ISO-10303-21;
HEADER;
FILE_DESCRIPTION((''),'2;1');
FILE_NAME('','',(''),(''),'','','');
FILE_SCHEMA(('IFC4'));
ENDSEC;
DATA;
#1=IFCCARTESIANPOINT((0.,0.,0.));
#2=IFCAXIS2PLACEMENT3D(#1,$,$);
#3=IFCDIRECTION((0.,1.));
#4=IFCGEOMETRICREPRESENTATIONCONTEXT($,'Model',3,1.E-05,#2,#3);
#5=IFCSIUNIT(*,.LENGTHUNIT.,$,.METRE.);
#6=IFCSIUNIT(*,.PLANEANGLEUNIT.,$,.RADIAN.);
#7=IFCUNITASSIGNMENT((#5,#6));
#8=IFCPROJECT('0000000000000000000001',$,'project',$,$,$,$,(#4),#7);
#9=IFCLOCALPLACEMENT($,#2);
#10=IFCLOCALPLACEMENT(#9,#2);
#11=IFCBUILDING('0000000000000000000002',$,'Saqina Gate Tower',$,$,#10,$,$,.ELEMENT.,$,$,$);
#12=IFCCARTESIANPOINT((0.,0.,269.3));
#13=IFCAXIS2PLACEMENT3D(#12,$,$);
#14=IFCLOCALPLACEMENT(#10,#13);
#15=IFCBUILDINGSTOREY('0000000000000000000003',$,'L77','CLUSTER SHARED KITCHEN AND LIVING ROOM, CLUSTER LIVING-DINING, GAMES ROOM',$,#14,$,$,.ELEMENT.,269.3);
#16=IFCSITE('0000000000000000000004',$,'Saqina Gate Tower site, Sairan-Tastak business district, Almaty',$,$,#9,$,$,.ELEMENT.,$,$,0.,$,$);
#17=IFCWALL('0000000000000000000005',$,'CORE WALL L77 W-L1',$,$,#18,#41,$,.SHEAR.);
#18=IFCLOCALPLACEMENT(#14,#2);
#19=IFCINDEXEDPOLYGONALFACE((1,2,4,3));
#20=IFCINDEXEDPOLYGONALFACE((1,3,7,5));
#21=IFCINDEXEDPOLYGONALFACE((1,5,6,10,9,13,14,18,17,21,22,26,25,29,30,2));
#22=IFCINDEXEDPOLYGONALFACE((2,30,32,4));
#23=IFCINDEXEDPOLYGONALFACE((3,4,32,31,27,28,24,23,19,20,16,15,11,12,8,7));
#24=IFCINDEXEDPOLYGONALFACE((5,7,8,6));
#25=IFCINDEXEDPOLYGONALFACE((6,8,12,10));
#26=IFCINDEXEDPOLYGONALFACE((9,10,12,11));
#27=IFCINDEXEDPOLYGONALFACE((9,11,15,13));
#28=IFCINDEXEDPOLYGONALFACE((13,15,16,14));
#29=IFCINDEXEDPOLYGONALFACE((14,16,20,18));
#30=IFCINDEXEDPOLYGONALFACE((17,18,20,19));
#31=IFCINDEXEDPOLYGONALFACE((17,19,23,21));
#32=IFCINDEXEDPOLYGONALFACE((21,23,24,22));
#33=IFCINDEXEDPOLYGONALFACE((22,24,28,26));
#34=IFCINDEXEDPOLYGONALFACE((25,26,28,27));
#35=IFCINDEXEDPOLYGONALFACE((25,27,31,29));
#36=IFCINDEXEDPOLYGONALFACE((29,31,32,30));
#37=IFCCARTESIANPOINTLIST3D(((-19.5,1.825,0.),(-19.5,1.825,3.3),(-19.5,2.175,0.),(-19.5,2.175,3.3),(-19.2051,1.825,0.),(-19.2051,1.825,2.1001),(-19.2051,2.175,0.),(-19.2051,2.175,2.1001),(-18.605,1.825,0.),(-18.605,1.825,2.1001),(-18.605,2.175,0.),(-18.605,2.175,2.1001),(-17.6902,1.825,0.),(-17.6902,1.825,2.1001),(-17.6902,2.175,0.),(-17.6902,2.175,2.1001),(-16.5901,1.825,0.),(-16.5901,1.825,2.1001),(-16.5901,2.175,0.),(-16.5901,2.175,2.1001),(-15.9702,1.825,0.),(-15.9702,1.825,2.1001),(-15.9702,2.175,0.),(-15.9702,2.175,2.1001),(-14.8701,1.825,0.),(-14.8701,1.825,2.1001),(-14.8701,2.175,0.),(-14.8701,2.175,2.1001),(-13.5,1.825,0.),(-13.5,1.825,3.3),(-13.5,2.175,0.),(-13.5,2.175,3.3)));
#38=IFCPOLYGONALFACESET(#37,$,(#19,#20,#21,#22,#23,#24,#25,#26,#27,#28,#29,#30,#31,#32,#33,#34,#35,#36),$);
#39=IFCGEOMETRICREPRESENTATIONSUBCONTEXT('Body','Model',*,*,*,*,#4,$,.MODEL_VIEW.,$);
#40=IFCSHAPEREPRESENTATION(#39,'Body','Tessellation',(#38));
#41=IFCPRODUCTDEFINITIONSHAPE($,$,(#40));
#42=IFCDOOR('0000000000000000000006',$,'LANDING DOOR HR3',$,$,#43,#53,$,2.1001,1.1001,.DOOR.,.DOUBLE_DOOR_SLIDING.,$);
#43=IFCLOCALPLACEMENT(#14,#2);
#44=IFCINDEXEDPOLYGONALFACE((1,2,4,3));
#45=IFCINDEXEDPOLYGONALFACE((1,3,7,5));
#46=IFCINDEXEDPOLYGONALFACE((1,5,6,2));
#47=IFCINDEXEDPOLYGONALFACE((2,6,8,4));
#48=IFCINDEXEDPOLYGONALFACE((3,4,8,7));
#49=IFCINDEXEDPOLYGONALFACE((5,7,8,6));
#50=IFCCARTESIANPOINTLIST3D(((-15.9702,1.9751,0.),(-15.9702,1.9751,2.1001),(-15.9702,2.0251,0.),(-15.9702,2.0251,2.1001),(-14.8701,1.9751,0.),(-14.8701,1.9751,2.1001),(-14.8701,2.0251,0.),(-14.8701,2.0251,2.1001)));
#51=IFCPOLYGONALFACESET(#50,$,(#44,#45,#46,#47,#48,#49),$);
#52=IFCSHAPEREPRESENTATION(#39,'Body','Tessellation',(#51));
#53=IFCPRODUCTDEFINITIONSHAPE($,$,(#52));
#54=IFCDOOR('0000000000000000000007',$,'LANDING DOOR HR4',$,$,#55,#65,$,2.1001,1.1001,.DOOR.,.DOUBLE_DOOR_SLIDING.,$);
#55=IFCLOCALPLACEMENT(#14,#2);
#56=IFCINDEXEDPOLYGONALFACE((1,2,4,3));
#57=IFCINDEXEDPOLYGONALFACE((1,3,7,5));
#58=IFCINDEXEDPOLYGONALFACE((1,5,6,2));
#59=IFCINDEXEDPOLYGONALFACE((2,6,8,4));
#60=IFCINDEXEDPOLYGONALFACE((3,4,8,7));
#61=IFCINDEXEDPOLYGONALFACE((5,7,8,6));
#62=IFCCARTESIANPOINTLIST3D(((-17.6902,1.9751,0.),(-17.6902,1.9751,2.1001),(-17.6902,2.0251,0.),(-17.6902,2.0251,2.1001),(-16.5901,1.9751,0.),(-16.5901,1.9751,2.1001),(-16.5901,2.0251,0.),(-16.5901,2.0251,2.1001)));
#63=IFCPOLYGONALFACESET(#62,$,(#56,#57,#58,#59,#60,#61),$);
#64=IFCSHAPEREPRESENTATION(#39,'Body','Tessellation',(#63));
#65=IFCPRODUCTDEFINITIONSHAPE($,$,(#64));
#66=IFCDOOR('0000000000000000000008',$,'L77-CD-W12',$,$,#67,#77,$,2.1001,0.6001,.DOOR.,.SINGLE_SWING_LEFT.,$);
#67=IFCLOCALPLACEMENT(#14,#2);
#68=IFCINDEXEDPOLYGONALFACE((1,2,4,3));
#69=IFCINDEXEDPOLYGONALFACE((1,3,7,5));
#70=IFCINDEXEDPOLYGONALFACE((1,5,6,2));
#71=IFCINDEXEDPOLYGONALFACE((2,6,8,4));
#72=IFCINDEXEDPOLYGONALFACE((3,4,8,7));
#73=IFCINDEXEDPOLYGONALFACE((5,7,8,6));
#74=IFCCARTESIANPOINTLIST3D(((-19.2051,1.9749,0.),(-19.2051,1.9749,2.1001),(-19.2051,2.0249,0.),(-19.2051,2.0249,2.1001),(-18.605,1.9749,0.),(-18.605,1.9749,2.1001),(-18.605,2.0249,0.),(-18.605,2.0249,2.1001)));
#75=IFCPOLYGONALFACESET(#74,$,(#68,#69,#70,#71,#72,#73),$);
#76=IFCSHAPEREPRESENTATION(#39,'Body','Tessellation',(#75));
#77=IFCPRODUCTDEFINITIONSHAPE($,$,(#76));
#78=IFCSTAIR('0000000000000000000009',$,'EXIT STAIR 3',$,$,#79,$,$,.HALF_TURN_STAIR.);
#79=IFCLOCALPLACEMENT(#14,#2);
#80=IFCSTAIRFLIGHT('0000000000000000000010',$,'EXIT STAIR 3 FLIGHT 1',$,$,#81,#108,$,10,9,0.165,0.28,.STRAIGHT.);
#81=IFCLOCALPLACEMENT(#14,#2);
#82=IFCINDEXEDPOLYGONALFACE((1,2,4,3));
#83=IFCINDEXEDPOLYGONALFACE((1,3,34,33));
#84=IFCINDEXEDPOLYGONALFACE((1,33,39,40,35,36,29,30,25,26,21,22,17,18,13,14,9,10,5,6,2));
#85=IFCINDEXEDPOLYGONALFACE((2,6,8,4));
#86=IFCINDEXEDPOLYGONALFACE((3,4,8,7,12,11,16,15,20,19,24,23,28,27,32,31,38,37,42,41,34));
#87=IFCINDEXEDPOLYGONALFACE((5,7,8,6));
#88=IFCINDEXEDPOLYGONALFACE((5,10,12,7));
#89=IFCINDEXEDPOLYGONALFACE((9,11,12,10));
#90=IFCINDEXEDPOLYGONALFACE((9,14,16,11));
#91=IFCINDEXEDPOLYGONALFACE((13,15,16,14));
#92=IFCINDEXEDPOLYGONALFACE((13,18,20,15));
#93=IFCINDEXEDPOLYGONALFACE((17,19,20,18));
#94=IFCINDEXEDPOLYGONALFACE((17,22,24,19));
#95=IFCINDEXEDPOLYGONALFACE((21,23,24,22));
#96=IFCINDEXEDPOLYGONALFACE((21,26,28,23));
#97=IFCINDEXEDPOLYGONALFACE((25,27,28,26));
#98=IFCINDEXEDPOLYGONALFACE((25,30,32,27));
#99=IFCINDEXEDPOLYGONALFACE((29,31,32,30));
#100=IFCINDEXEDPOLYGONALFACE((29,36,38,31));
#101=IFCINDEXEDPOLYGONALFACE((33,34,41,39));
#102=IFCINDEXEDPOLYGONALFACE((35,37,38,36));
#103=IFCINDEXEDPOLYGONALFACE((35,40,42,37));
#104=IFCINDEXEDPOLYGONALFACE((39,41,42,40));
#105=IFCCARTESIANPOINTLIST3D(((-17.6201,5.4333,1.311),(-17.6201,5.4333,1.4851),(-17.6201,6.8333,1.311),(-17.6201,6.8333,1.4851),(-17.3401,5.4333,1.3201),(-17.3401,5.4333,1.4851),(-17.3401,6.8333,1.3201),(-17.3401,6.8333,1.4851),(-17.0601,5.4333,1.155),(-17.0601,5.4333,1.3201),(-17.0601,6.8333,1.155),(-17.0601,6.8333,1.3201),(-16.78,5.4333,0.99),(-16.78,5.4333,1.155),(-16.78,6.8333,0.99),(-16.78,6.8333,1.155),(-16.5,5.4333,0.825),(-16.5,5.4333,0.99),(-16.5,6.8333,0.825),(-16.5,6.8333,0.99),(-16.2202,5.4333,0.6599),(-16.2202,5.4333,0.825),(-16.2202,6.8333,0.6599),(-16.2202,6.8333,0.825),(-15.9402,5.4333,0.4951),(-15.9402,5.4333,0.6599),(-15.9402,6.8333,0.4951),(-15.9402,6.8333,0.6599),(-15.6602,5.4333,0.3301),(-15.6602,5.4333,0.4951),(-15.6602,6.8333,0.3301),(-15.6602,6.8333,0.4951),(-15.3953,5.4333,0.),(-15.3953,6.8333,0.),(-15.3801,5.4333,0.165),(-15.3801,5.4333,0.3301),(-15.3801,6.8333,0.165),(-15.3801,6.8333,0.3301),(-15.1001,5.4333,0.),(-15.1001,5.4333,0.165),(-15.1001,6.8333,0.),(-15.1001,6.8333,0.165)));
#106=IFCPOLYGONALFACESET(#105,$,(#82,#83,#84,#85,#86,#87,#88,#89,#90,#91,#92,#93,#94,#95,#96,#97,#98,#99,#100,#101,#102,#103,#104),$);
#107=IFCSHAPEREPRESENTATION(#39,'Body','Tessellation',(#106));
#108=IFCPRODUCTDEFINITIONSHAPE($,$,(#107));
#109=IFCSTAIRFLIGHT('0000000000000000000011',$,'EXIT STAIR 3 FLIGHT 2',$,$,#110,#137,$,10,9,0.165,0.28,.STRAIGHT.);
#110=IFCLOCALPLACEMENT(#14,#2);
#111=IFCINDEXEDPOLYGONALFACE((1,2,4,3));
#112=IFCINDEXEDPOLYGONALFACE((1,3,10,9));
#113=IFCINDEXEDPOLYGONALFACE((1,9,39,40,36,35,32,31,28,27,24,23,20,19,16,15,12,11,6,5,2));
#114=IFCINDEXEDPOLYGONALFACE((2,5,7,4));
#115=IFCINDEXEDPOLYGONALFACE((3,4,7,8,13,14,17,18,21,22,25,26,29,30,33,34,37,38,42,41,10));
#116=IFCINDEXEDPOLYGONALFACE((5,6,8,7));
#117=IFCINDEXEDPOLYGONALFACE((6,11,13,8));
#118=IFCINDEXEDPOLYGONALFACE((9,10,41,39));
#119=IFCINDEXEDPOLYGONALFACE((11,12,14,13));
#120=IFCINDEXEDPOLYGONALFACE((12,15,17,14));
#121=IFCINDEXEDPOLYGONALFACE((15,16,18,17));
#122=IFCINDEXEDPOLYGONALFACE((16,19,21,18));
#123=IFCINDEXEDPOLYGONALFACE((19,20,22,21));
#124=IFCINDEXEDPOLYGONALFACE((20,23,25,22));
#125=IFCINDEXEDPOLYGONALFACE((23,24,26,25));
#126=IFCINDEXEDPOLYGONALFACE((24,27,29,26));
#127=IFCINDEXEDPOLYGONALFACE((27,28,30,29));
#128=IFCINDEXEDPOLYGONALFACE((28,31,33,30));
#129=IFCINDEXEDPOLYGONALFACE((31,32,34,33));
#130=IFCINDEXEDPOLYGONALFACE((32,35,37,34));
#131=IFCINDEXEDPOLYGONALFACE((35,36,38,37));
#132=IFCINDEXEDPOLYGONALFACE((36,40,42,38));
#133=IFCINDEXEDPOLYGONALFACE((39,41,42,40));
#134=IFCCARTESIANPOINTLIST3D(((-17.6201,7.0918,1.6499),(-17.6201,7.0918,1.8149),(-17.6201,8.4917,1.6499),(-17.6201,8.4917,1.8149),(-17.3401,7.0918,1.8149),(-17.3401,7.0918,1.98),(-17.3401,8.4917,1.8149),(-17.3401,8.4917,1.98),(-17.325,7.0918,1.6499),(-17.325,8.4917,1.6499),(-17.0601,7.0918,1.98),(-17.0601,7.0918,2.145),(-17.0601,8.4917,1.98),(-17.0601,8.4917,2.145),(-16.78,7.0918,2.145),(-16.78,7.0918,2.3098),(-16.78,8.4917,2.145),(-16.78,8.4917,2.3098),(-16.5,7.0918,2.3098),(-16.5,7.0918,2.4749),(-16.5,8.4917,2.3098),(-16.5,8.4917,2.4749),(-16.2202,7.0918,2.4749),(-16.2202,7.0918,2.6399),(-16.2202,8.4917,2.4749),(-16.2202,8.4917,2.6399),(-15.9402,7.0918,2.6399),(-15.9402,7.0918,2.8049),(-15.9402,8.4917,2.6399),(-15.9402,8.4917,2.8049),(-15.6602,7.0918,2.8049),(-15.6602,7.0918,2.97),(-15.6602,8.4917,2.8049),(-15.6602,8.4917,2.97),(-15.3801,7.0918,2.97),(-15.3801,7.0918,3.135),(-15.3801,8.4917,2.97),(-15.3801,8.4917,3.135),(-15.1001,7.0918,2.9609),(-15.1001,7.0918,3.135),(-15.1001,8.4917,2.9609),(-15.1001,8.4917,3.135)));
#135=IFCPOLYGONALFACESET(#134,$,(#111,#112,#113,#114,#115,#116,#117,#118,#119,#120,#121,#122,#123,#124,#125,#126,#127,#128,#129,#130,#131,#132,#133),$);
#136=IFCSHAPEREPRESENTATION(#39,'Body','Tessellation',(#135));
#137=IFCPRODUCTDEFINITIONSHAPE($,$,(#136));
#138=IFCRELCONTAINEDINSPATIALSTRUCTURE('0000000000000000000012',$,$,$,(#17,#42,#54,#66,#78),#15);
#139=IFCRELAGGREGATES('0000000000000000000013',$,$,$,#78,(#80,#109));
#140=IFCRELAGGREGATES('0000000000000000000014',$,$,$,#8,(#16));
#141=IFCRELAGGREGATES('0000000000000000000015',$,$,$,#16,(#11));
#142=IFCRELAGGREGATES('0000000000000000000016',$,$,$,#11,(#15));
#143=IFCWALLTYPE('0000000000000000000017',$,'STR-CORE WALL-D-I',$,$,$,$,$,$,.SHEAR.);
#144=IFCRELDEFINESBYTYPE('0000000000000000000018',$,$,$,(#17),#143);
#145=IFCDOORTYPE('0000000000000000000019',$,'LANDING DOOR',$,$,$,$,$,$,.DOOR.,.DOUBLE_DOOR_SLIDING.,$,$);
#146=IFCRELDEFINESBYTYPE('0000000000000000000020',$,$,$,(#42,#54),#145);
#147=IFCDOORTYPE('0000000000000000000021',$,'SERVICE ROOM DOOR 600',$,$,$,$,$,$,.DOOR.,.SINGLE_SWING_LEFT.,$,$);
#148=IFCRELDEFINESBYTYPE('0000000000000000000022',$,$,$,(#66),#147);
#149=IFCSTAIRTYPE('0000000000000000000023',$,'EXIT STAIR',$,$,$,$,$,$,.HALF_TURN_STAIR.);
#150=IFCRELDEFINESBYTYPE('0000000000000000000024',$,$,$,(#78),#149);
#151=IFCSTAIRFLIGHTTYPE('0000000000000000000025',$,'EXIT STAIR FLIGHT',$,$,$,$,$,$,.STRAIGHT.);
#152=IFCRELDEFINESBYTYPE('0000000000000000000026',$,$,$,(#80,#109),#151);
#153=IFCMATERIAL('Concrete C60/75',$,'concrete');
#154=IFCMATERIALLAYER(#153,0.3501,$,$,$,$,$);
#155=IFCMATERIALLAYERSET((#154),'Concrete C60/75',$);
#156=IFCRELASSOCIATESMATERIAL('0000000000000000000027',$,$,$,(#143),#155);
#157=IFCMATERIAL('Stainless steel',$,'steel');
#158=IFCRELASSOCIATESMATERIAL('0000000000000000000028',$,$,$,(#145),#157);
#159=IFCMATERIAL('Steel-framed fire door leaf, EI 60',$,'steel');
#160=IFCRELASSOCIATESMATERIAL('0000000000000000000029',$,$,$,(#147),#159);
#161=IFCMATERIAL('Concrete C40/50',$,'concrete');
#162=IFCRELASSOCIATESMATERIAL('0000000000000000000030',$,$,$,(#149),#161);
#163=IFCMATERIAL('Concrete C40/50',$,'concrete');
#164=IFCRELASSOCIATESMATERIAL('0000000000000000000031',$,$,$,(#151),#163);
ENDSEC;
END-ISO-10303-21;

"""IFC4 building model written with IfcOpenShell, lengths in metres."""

from ifc_helpers import new_model, si_unit, direction, frame, frame_2d, origin, place, context, subcontext, project, spatial, polyline, rectangle, outline, extrude, material, layer, layer_set, type_object, element, fill, aggregate, save


model = new_model("IFC4")

# Units and contexts
model_context = context("Model", 3, precision=1e-05, world=origin(), true_north=direction((0.0, 1.0)))
body_context = subcontext(model_context, "Body", "Model", "MODEL_VIEW")
ifc_project = project(units=[si_unit("LENGTHUNIT", "METRE"), si_unit("PLANEANGLEUNIT", "RADIAN")], contexts=[model_context])

# Site, building, storey
site_placement = place(None, origin())
site = spatial("IfcSite", under=ifc_project, at=site_placement, Name="Saqina Gate Tower site, Sairan-Tastak business district, Almaty", CompositionType="ELEMENT", RefElevation=0.0)
building_placement = place(site_placement, origin())
building = spatial("IfcBuilding", under=site, at=building_placement, Name="Saqina Gate Tower", CompositionType="ELEMENT")
storey_placement = place(building_placement, frame((0.0, 0.0, 269.3)))
storey = spatial("IfcBuildingStorey", under=building, at=storey_placement, Name="L77", Description="CLUSTER SHARED KITCHEN AND LIVING ROOM, CLUSTER LIVING-DINING, GAMES ROOM", CompositionType="ELEMENT", Elevation=269.3)

# Shared definitions
ifc_material_1 = material(Name="Concrete C60/75", Category="concrete")
ifc_layer_1 = layer(ifc_material_1, 0.3501)
ifc_layer_set_1 = layer_set([ifc_layer_1], Name="Concrete C60/75")
wall_type_1 = type_object("IfcWallType", Name="STR-CORE WALL-D-I", PredefinedType="SHEAR", material=ifc_layer_set_1)

# Wall, openings, doors
wall_1_placement = place(storey_placement, frame((-13.5, 2.0, 0.0), z_axis=(0.0, 0.0, 1.0), x_axis=(-1.0, 0.0, 0.0)))
wall_1 = element("IfcWall", 1, at=wall_1_placement, inside=storey, type_object=wall_type_1, Name="CORE WALL L77 W-L1", PredefinedType="SHEAR", context=body_context, shape_type="SweptSolid", body=[
    extrude(rectangle(XDim=6.0, YDim=0.3501, at=frame_2d((3.0, 0.0))), origin(), (0.0, 0.0, 1.0), 3.3),
])
opening_1_placement = place(wall_1_placement, frame((1.3701, 0.0, 0.0)))
opening_1 = element("IfcOpeningElement", 2, at=opening_1_placement, cuts=wall_1, PredefinedType="OPENING", context=body_context, shape_type="SweptSolid", body=[
    extrude(rectangle(XDim=1.1001, YDim=2.1001, at=frame_2d((0.55, 1.05))), frame((0.0, 0.187, 0.0), z_axis=(0.0, -1.0, 0.0), x_axis=(1.0, 0.0, 0.0)), (0.0, 0.0, 1.0), 0.374),
])
opening_2_placement = place(wall_1_placement, frame((3.0901, 0.0, 0.0)))
opening_2 = element("IfcOpeningElement", 3, at=opening_2_placement, cuts=wall_1, PredefinedType="OPENING", context=body_context, shape_type="SweptSolid", body=[
    extrude(rectangle(XDim=1.1001, YDim=2.1001, at=frame_2d((0.55, 1.05))), frame((0.0, 0.187, 0.0), z_axis=(0.0, -1.0, 0.0), x_axis=(1.0, 0.0, 0.0)), (0.0, 0.0, 1.0), 0.374),
])
opening_3_placement = place(wall_1_placement, frame((5.105, 0.0, 0.0)))
opening_3 = element("IfcOpeningElement", 4, at=opening_3_placement, cuts=wall_1, PredefinedType="OPENING", context=body_context, shape_type="SweptSolid", body=[
    extrude(rectangle(XDim=0.6001, YDim=2.1001, at=frame_2d((0.3, 1.05))), frame((0.0, 0.187, 0.0), z_axis=(0.0, -1.0, 0.0), x_axis=(1.0, 0.0, 0.0)), (0.0, 0.0, 1.0), 0.374),
])
ifc_material_2 = material(Name="Stainless steel", Category="steel")
door_type_1 = type_object("IfcDoorType", Name="LANDING DOOR", OperationType="DOUBLE_DOOR_SLIDING", PredefinedType="DOOR", material=ifc_material_2)
door_1_placement = place(opening_1_placement, origin())
door_1 = element("IfcDoor", 5, at=door_1_placement, inside=storey, type_object=door_type_1, Name="LANDING DOOR HR3", OperationType="DOUBLE_DOOR_SLIDING", OverallHeight=2.1001, OverallWidth=1.1001, PredefinedType="DOOR", context=body_context, shape_type="SweptSolid", body=[
    extrude(rectangle(XDim=1.1001, YDim=2.1001, at=frame_2d((0.55, 1.05))), frame((0.0, 0.0249, 0.0), z_axis=(0.0, -1.0, 0.0), x_axis=(1.0, 0.0, 0.0)), (0.0, 0.0, 1.0), 0.05),
])
fill(opening_1, door_1)
door_2_placement = place(opening_2_placement, origin())
door_2 = element("IfcDoor", 6, at=door_2_placement, inside=storey, type_object=door_type_1, Name="LANDING DOOR HR4", OperationType="DOUBLE_DOOR_SLIDING", OverallHeight=2.1001, OverallWidth=1.1001, PredefinedType="DOOR", context=body_context, shape_type="SweptSolid", body=[
    extrude(rectangle(XDim=1.1001, YDim=2.1001, at=frame_2d((0.55, 1.05))), frame((0.0, 0.0249, 0.0), z_axis=(0.0, -1.0, 0.0), x_axis=(1.0, 0.0, 0.0)), (0.0, 0.0, 1.0), 0.05),
])
fill(opening_2, door_2)
ifc_material_3 = material(Name="Steel-framed fire door leaf, EI 60", Category="steel")
door_type_2 = type_object("IfcDoorType", Name="SERVICE ROOM DOOR 600", OperationType="SINGLE_SWING_LEFT", PredefinedType="DOOR", material=ifc_material_3)
door_3_placement = place(opening_3_placement, frame((0.6001, 0.0, 0.0), z_axis=(0.0, 0.0, 1.0), x_axis=(-1.0, 0.0, 0.0)))
door_3 = element("IfcDoor", 7, at=door_3_placement, inside=storey, type_object=door_type_2, Name="L77-CD-W12", OperationType="SINGLE_SWING_LEFT", OverallHeight=2.1001, OverallWidth=0.6001, PredefinedType="DOOR", context=body_context, shape_type="SweptSolid", body=[
    extrude(rectangle(XDim=0.6001, YDim=2.1001, at=frame_2d((0.3, 1.05))), frame((0.0, 0.0249, 0.0), z_axis=(0.0, -1.0, 0.0), x_axis=(1.0, 0.0, 0.0)), (0.0, 0.0, 1.0), 0.05),
])
fill(opening_3, door_3)

# Stair, stair flights
ifc_material_4 = material(Name="Concrete C40/50", Category="concrete")
stair_type = type_object("IfcStairType", Name="EXIT STAIR", PredefinedType="HALF_TURN_STAIR", material=ifc_material_4)
stair_placement = place(storey_placement, origin())
stair = element("IfcStair", 8, at=stair_placement, inside=storey, type_object=stair_type, Name="EXIT STAIR 3", PredefinedType="HALF_TURN_STAIR")
ifc_material_5 = material(Name="Concrete C40/50", Category="concrete")
stair_flight_type = type_object("IfcStairFlightType", Name="EXIT STAIR FLIGHT", PredefinedType="STRAIGHT", material=ifc_material_5)
stair_flight_1_placement = place(storey_placement, frame((-15.1001, 6.1333, 0.0), z_axis=(0.0, 0.0, 1.0), x_axis=(-1.0, 0.0, 0.0)))
stair_flight_1 = element("IfcStairFlight", 9, at=stair_flight_1_placement, type_object=stair_flight_type, Name="EXIT STAIR 3 FLIGHT 1", NumberOfRisers=10, NumberOfTreads=9, PredefinedType="STRAIGHT", RiserHeight=0.165, TreadLength=0.28, context=body_context, shape_type="SweptSolid", body=[
    extrude(outline(polyline([(0.0, 0.0), (0.0, 0.165), (0.28, 0.165), (0.28, 0.3301), (0.5601, 0.3301), (0.5601, 0.4951), (0.8401, 0.4951), (0.8401, 0.6599), (1.1201, 0.6599), (1.1201, 0.825), (1.3999, 0.825), (1.3999, 0.99), (1.6799, 0.99), (1.6799, 1.155), (1.96, 1.155), (1.96, 1.3201), (2.24, 1.3201), (2.24, 1.4851), (2.52, 1.4851), (2.52, 1.6499), (2.52, 1.311), (0.2952, 0.0), (0.0, 0.0)])), frame((0.0, 0.7, 0.0), z_axis=(0.0, -1.0, 0.0), x_axis=(1.0, 0.0, 0.0)), (0.0, 0.0, 1.0), 1.3999),
])
stair_flight_2_placement = place(storey_placement, frame((-17.6201, 7.7917, 1.6499), z_axis=(0.0, 0.0, 1.0), x_axis=(1.0, 0.0, 0.0)))
stair_flight_2 = element("IfcStairFlight", 10, at=stair_flight_2_placement, type_object=stair_flight_type, Name="EXIT STAIR 3 FLIGHT 2", NumberOfRisers=10, NumberOfTreads=9, PredefinedType="STRAIGHT", RiserHeight=0.165, TreadLength=0.28, context=body_context, shape_type="SweptSolid", body=[
    extrude(outline(polyline([(0.0, 0.0), (0.0, 0.165), (0.28, 0.165), (0.28, 0.3301), (0.5601, 0.3301), (0.5601, 0.4951), (0.8401, 0.4951), (0.8401, 0.6599), (1.1201, 0.6599), (1.1201, 0.825), (1.3999, 0.825), (1.3999, 0.99), (1.6799, 0.99), (1.6799, 1.155), (1.96, 1.155), (1.96, 1.3201), (2.24, 1.3201), (2.24, 1.4851), (2.52, 1.4851), (2.52, 1.6499), (2.52, 1.311), (0.2952, 0.0), (0.0, 0.0)])), frame((0.0, 0.7, 0.0), z_axis=(0.0, -1.0, 0.0), x_axis=(1.0, 0.0, 0.0)), (0.0, 0.0, 1.0), 1.3999),
])
aggregate(stair, [stair_flight_1, stair_flight_2])

save(model, "model.ifc")
